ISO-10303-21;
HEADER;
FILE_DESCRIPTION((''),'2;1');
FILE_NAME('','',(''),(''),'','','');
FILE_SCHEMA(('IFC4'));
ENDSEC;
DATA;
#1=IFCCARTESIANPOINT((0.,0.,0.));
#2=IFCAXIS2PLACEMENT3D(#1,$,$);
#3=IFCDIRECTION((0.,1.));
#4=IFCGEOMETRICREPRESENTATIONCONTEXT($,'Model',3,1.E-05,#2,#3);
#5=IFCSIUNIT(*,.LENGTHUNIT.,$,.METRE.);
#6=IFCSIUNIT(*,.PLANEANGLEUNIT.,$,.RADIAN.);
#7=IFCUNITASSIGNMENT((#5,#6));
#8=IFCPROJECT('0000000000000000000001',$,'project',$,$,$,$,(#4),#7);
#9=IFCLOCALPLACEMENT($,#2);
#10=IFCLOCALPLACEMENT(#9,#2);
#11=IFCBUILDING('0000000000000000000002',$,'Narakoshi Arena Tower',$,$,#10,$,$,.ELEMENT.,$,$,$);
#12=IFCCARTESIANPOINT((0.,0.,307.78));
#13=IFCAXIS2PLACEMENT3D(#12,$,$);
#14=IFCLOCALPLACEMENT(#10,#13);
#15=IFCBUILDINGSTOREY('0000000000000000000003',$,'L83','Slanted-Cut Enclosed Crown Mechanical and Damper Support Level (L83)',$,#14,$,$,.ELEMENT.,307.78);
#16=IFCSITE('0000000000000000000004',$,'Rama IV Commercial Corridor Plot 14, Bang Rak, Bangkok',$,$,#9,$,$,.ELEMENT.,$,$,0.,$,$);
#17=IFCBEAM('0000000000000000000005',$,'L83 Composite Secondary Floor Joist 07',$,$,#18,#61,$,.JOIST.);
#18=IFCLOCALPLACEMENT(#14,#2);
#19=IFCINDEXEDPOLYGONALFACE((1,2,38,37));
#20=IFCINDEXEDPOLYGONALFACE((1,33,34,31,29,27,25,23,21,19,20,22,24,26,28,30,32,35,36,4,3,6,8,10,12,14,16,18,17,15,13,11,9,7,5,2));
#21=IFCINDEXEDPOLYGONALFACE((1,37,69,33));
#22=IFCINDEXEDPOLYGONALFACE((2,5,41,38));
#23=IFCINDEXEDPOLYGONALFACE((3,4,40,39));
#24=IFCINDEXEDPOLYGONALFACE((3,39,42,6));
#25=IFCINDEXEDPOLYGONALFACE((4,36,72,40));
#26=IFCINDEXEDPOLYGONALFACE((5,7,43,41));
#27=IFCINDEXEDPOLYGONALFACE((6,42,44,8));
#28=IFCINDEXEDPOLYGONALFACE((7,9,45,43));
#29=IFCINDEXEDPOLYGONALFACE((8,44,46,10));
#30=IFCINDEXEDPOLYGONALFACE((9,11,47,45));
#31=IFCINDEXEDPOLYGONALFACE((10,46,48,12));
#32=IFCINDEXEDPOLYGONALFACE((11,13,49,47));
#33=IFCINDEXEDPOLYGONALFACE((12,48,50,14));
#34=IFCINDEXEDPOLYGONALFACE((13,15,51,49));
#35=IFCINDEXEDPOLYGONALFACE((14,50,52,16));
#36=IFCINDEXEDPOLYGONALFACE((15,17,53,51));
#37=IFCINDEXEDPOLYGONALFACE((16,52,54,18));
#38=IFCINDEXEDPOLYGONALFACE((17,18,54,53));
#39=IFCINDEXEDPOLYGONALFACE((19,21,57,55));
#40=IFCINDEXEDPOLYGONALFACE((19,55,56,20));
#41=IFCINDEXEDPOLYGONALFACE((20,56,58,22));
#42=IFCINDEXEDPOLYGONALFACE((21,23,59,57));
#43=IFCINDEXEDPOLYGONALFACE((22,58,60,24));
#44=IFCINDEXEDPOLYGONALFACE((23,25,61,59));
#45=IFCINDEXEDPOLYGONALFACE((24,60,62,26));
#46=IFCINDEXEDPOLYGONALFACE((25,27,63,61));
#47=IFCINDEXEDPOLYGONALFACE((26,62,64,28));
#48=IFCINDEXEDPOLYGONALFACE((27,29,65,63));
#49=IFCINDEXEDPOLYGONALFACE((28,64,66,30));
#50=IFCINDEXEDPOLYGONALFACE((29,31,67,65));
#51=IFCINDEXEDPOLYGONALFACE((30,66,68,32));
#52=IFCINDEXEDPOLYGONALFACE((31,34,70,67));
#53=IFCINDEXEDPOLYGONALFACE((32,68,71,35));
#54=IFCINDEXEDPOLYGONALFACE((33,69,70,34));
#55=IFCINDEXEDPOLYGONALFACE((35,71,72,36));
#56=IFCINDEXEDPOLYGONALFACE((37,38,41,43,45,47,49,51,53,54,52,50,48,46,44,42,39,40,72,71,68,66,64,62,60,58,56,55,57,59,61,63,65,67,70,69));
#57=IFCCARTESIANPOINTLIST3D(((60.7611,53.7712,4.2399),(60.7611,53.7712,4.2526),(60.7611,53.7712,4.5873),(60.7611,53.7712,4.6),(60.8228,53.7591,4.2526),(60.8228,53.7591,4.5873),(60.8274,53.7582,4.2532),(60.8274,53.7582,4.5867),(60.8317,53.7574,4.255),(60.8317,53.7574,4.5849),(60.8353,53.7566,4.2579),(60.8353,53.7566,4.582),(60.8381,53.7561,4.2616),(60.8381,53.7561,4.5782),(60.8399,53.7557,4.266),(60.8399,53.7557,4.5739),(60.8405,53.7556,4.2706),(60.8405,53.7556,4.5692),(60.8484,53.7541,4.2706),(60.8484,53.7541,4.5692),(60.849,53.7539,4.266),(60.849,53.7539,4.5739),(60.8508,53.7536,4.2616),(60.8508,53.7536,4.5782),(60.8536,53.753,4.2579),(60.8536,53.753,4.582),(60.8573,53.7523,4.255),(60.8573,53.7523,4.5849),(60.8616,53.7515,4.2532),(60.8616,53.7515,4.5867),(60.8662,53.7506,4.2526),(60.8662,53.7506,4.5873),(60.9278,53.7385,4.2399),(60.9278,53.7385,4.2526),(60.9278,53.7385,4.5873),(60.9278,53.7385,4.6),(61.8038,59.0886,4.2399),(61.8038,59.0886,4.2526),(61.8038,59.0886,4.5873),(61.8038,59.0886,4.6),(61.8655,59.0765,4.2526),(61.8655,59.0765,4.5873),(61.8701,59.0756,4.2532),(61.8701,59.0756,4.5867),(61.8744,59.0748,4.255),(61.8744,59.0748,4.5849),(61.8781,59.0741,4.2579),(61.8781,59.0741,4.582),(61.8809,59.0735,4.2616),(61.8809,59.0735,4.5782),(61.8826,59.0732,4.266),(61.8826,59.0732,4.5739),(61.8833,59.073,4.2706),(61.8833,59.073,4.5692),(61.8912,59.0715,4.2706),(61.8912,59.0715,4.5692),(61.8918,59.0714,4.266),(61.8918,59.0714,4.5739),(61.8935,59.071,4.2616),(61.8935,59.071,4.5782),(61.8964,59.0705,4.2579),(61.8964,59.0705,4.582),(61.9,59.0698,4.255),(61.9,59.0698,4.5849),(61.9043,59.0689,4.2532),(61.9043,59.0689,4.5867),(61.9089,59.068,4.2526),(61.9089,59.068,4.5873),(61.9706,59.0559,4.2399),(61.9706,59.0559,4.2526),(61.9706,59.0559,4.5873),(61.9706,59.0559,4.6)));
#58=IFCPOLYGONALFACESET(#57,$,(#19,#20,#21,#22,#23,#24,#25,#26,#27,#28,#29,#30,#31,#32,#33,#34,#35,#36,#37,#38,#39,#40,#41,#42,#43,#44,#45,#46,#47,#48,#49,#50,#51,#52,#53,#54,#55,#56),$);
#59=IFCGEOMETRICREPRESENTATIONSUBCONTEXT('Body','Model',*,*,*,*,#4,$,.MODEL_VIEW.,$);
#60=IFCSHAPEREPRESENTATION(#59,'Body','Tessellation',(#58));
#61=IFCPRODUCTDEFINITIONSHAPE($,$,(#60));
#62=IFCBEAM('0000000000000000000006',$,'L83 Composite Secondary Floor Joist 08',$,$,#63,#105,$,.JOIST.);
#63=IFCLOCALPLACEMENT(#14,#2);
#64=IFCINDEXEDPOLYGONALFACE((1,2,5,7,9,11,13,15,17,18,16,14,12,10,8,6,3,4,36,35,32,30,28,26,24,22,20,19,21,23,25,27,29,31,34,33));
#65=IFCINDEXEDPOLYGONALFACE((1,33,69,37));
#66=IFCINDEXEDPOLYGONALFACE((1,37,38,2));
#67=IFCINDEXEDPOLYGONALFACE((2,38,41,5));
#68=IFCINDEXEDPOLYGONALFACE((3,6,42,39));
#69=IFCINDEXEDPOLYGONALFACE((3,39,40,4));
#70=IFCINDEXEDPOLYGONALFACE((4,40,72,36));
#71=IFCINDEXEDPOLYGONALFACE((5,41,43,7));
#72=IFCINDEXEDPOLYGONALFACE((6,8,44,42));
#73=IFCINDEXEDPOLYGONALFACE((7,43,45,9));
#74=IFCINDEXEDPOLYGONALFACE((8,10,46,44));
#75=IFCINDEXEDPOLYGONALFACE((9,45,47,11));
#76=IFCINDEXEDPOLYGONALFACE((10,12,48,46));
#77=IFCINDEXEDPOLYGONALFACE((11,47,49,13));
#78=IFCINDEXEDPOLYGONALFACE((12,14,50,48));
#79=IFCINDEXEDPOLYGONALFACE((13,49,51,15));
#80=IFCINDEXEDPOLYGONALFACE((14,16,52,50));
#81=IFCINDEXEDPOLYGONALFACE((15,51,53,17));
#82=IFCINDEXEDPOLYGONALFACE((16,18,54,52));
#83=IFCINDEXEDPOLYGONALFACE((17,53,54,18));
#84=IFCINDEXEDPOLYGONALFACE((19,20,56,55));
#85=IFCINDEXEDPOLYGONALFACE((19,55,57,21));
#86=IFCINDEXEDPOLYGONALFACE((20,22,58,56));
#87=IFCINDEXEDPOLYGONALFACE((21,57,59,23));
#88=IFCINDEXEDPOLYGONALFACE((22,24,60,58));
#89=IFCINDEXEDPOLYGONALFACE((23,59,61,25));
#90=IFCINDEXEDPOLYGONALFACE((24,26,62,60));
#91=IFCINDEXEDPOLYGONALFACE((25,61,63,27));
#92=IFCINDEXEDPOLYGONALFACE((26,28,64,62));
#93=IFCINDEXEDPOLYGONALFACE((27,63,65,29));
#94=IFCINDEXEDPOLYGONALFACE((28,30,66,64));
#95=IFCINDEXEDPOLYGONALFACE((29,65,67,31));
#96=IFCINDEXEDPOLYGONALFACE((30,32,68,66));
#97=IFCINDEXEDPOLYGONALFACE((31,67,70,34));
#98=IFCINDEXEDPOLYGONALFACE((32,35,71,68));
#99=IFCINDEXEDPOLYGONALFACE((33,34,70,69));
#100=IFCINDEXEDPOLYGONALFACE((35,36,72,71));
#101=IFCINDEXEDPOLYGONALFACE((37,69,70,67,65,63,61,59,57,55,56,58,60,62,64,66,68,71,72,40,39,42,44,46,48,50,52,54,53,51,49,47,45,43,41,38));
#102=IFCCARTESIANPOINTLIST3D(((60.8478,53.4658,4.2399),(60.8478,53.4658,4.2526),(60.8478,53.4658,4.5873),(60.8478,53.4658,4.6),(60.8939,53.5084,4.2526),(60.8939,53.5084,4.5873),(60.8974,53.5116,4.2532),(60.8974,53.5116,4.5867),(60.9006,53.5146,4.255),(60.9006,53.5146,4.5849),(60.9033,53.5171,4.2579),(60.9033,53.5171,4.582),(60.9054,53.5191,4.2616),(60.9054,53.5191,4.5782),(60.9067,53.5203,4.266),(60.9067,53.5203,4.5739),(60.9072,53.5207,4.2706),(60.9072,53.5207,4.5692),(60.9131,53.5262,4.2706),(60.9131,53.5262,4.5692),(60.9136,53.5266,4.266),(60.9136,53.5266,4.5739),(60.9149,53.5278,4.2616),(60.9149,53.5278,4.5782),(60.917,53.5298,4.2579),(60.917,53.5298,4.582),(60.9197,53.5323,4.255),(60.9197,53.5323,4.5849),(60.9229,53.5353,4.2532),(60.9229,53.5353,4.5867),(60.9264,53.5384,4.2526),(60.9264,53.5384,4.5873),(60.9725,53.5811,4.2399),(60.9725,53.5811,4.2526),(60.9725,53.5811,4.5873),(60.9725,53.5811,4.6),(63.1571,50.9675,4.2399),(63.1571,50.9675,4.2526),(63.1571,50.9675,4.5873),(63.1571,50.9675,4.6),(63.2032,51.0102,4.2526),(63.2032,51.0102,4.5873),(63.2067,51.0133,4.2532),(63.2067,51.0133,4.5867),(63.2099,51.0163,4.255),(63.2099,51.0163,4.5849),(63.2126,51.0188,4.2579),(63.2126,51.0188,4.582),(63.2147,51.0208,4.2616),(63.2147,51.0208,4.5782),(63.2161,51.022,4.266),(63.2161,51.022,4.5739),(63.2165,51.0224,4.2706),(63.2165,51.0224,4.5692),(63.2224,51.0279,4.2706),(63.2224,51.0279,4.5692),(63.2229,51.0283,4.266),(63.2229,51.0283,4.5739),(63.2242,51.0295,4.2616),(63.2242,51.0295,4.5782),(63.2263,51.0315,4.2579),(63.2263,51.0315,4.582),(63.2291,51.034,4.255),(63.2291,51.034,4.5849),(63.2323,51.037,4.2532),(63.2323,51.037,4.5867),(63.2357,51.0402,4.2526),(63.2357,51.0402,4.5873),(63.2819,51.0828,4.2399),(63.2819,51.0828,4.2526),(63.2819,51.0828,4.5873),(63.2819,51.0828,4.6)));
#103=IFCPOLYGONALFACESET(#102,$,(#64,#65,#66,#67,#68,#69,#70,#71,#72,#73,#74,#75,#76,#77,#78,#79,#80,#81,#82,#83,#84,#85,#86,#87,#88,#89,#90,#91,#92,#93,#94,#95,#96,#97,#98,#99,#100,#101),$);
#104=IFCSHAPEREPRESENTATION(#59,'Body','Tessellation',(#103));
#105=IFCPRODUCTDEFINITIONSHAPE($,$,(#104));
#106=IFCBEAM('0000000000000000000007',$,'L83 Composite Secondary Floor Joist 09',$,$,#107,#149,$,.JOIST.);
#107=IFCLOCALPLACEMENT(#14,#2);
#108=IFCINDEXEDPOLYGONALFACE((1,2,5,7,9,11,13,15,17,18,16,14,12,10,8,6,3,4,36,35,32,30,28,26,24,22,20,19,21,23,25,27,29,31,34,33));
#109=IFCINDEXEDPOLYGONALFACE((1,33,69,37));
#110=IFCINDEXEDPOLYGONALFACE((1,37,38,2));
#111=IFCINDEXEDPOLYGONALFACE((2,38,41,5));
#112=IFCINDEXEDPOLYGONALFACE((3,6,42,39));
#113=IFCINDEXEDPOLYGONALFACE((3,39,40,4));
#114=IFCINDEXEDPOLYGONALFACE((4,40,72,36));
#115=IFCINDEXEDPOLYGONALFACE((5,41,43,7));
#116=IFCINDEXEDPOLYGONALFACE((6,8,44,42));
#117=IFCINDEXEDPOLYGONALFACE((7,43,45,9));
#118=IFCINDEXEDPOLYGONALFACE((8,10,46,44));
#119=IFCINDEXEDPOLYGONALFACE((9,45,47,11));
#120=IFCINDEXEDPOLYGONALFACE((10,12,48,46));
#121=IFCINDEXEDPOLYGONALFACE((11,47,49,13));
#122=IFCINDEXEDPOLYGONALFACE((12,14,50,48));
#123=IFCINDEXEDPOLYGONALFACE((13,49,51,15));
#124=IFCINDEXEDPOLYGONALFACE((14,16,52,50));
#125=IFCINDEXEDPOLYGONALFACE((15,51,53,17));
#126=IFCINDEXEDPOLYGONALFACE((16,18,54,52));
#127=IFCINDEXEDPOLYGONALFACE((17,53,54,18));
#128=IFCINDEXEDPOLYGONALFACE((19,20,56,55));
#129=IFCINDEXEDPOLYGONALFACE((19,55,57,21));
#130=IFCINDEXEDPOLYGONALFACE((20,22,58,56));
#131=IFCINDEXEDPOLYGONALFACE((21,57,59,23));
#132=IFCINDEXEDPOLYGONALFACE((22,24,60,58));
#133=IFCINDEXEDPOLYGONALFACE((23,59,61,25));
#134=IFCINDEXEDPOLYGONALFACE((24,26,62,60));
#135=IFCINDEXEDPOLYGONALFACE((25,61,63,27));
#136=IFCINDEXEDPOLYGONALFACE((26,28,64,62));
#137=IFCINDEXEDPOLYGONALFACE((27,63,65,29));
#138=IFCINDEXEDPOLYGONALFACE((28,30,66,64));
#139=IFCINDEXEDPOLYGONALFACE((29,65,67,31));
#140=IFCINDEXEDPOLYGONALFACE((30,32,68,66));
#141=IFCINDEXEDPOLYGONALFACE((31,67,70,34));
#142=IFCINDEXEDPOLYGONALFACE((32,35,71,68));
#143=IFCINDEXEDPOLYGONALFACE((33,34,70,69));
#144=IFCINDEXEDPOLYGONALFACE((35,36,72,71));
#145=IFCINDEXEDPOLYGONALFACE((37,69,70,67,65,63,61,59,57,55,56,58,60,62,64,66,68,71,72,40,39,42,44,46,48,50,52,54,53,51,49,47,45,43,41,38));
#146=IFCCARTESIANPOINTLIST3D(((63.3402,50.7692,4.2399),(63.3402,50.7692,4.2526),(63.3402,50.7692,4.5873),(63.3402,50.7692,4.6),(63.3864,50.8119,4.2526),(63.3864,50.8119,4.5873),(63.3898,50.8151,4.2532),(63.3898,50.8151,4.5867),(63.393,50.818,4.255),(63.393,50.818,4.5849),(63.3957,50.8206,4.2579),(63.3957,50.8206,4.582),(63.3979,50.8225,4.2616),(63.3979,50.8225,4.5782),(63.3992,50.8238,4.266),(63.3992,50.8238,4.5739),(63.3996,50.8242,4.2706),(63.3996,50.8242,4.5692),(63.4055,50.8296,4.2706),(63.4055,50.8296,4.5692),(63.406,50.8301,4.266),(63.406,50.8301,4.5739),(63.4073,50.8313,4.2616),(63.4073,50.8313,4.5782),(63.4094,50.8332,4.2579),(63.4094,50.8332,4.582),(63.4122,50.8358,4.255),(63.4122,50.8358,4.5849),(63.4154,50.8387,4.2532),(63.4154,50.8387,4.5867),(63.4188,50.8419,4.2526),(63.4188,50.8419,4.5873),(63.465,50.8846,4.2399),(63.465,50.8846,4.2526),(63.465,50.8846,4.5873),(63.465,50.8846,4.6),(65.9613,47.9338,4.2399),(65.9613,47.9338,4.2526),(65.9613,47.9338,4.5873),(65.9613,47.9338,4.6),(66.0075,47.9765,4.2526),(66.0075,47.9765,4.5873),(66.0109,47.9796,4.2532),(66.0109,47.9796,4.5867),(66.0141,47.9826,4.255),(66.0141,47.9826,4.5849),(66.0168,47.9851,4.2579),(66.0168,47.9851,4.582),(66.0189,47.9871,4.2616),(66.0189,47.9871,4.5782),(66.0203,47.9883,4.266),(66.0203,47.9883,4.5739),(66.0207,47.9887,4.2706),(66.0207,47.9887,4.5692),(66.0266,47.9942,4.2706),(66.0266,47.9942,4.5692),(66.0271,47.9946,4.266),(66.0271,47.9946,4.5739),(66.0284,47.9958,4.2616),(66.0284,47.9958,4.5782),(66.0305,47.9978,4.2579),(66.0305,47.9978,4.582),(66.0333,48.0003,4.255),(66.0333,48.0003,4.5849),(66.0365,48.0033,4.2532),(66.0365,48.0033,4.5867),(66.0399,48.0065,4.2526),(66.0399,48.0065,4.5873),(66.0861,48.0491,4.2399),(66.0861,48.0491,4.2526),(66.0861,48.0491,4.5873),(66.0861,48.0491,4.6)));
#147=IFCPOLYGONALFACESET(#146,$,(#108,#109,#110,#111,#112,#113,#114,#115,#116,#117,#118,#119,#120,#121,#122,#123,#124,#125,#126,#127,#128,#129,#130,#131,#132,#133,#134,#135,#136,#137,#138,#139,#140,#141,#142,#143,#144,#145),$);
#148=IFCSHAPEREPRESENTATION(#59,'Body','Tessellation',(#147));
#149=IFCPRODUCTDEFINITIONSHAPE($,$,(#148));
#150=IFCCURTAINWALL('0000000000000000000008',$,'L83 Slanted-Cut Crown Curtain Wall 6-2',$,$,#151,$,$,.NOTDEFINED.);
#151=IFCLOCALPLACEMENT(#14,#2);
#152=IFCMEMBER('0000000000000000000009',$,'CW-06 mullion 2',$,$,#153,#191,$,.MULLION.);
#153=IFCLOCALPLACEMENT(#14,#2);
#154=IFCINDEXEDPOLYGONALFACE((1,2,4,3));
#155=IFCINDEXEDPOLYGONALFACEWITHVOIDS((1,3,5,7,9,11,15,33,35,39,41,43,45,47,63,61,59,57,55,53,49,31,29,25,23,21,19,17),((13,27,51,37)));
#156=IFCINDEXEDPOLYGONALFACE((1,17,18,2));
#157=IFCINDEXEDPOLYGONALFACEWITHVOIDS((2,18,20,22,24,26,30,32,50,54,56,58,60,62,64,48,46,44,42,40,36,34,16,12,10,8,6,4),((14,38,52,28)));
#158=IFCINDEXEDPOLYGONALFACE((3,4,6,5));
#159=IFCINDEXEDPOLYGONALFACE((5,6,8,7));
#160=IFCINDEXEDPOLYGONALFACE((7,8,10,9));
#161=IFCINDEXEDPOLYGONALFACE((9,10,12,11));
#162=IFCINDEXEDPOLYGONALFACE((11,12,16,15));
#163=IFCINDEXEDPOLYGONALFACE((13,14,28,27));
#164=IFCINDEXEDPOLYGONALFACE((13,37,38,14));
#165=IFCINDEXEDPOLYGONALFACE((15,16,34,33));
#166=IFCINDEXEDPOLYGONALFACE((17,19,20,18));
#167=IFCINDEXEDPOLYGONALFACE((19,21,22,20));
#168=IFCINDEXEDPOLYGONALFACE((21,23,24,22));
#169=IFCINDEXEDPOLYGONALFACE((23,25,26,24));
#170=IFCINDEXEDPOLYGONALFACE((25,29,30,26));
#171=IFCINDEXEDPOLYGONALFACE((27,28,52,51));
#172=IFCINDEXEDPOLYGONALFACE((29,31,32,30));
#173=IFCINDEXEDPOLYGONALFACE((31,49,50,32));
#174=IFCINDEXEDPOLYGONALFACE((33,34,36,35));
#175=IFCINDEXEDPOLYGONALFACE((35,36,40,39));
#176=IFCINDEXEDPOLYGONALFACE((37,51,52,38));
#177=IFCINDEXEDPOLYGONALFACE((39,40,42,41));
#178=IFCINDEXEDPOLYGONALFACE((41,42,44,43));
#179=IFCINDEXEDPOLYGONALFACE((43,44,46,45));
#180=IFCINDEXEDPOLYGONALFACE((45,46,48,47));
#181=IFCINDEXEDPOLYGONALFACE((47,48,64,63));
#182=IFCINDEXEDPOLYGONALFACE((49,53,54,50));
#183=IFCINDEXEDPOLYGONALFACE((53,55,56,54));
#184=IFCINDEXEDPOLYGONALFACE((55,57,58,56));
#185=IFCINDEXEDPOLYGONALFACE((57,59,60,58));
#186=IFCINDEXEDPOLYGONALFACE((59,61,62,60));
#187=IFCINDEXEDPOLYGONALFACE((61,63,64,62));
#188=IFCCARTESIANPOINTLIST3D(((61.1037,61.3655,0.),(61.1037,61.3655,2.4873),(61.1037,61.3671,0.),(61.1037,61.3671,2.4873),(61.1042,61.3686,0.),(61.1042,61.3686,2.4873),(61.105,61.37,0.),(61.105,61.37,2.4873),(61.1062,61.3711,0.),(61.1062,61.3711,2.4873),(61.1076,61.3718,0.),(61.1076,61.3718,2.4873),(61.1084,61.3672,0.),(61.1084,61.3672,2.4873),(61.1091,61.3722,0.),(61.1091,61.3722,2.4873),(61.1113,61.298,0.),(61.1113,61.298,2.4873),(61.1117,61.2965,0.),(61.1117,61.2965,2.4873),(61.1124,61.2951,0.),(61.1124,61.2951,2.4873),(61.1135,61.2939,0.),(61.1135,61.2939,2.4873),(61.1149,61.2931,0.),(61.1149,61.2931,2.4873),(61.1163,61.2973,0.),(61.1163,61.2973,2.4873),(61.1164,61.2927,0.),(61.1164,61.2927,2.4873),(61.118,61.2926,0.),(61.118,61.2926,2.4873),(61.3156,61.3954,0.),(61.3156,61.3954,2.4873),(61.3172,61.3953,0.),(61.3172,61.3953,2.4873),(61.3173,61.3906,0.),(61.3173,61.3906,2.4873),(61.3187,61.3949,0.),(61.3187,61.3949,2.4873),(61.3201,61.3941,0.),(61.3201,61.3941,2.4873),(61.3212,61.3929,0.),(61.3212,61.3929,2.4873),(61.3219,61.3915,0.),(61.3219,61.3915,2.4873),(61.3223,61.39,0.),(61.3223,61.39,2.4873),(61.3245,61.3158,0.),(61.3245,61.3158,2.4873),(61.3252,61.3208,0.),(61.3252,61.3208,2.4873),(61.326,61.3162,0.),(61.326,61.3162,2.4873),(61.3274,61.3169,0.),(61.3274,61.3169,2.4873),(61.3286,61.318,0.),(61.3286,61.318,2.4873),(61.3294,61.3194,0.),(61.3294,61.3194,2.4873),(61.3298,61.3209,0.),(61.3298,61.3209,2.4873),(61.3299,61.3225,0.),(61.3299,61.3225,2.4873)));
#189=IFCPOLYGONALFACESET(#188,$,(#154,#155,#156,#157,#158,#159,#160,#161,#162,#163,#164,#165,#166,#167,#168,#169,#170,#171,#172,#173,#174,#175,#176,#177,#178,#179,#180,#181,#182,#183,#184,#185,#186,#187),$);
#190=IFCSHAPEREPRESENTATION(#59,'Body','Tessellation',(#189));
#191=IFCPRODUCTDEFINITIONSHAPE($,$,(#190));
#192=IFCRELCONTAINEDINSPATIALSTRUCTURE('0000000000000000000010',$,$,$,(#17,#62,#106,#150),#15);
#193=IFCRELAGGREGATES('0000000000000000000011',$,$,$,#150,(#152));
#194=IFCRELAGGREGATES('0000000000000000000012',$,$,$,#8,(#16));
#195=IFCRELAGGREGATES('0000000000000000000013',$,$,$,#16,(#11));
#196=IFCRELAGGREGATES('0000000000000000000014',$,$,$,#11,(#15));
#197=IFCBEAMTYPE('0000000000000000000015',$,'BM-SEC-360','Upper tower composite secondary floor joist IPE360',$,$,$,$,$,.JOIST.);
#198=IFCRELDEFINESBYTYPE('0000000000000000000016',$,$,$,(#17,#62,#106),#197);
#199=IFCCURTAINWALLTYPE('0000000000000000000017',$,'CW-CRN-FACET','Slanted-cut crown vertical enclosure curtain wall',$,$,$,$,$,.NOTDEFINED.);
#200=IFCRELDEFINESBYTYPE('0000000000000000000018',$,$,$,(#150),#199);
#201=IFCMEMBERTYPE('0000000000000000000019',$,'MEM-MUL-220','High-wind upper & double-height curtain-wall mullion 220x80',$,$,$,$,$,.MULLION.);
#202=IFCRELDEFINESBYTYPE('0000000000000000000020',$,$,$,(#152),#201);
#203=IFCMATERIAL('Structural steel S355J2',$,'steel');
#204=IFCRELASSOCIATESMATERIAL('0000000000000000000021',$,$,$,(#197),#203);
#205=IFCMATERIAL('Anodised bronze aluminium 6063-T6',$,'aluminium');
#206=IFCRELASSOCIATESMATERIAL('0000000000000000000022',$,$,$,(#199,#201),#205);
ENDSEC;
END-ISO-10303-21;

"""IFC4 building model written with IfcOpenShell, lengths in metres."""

from ifc_helpers import new_model, si_unit, direction, frame, origin, origin_2d, place, context, subcontext, project, spatial, hollow_rectangle, i_section, extrude, material, material_profile, profile_set, type_object, element, aggregate, save


model = new_model("IFC4")

# Units and contexts
model_context = context("Model", 3, precision=1e-05, world=origin(), true_north=direction((0.0, 1.0)))
body_context = subcontext(model_context, "Body", "Model", "MODEL_VIEW")
ifc_project = project(units=[si_unit("LENGTHUNIT", "METRE"), si_unit("PLANEANGLEUNIT", "RADIAN")], contexts=[model_context])

# Site, building, storey
site_placement = place(None, origin())
site = spatial("IfcSite", under=ifc_project, at=site_placement, Name="Rama IV Commercial Corridor Plot 14, Bang Rak, Bangkok", CompositionType="ELEMENT", RefElevation=0.0)
building_placement = place(site_placement, origin())
building = spatial("IfcBuilding", under=site, at=building_placement, Name="Narakoshi Arena Tower", CompositionType="ELEMENT")
storey_placement = place(building_placement, frame((0.0, 0.0, 307.78)))
storey = spatial("IfcBuildingStorey", under=building, at=storey_placement, Name="L83", Description="Slanted-Cut Enclosed Crown Mechanical and Damper Support Level (L83)", CompositionType="ELEMENT", Elevation=307.78)

# Shared definitions
ifc_material_1 = material(Name="Structural steel S355J2", Category="steel")

# Beams
ifc_material_profile_1 = material_profile(ifc_material_1, i_section(OverallWidth=0.1699, OverallDepth=0.3601, WebThickness=0.0081, FlangeThickness=0.0127, FilletRadius=0.0181, at=origin_2d()), Name="IPE360")
ifc_profile_set_1 = profile_set([ifc_material_profile_1], Name="Structural steel S355J2")
beam_type_1 = type_object("IfcBeamType", Name="BM-SEC-360", Description="Upper tower composite secondary floor joist IPE360", PredefinedType="JOIST", material=ifc_profile_set_1)
beam_1_placement = place(storey_placement, frame((61.8872, 59.0723, 4.4199), z_axis=(-0.192432, -0.98131, 0.0), x_axis=(0.98131, -0.192432, 0.0)))
element("IfcBeam", 1, at=beam_1_placement, inside=storey, type_object=beam_type_1, Name="L83 Composite Secondary Floor Joist 07", PredefinedType="JOIST", context=body_context, shape_type="SweptSolid", body=[
    extrude(i_section(OverallWidth=0.1699, OverallDepth=0.3601, WebThickness=0.0081, FlangeThickness=0.0127, FilletRadius=0.0181, at=origin_2d()), origin(), (0.0, 0.0, 1.0), 5.4187),
])
beam_2_placement = place(storey_placement, frame((60.9102, 53.5234, 4.4199), z_axis=(0.67879, -0.734333, 0.0), x_axis=(0.734333, 0.67879, 0.0)))
element("IfcBeam", 2, at=beam_2_placement, inside=storey, type_object=beam_type_1, Name="L83 Composite Secondary Floor Joist 08", PredefinedType="JOIST", context=body_context, shape_type="SweptSolid", body=[
    extrude(i_section(OverallWidth=0.1699, OverallDepth=0.3601, WebThickness=0.0081, FlangeThickness=0.0127, FilletRadius=0.0181, at=origin_2d()), origin(), (0.0, 0.0, 1.0), 3.4021),
])
beam_3_placement = place(storey_placement, frame((63.4026, 50.8269, 4.4199), z_axis=(0.678805, -0.734318, 0.0), x_axis=(0.734318, 0.678805, 0.0)))
element("IfcBeam", 3, at=beam_3_placement, inside=storey, type_object=beam_type_1, Name="L83 Composite Secondary Floor Joist 09", PredefinedType="JOIST", context=body_context, shape_type="SweptSolid", body=[
    extrude(i_section(OverallWidth=0.1699, OverallDepth=0.3601, WebThickness=0.0081, FlangeThickness=0.0127, FilletRadius=0.0181, at=origin_2d()), origin(), (0.0, 0.0, 1.0), 3.8613),
])

# Curtain wall, member
ifc_material_2 = material(Name="Anodised bronze aluminium 6063-T6", Category="aluminium")
curtain_wall_type = type_object("IfcCurtainWallType", Name="CW-CRN-FACET", Description="Slanted-cut crown vertical enclosure curtain wall", PredefinedType="NOTDEFINED", material=ifc_material_2)
curtain_wall_placement = place(storey_placement, origin())
curtain_wall = element("IfcCurtainWall", 4, at=curtain_wall_placement, inside=storey, type_object=curtain_wall_type, Name="L83 Slanted-Cut Crown Curtain Wall 6-2", PredefinedType="NOTDEFINED")
ifc_material_profile_2 = material_profile(ifc_material_2, hollow_rectangle(XDim=0.0801, YDim=0.22, WallThickness=0.0049, OuterFilletRadius=0.0061, at=origin_2d()), Name="MUL220x80x5")
ifc_profile_set_2 = profile_set([ifc_material_profile_2], Name="Anodised bronze aluminium 6063-T6")
member_type_1 = type_object("IfcMemberType", Name="MEM-MUL-220", Description="High-wind upper & double-height curtain-wall mullion 220x80", PredefinedType="MULLION", material=ifc_profile_set_2)
member_1_placement = place(storey_placement, frame((61.2168, 61.344, 0.0), z_axis=(0.0, 0.0, 1.0), x_axis=(-0.111395, 0.993776, 0.0)))
member_1 = element("IfcMember", 5, at=member_1_placement, type_object=member_type_1, Name="CW-06 mullion 2", PredefinedType="MULLION", context=body_context, shape_type="SweptSolid", body=[
    extrude(hollow_rectangle(XDim=0.0801, YDim=0.22, WallThickness=0.0049, OuterFilletRadius=0.0061, at=origin_2d()), origin(), (0.0, 0.0, 1.0), 2.4873),
])
aggregate(curtain_wall, [member_1])

save(model, "model.ifc")
